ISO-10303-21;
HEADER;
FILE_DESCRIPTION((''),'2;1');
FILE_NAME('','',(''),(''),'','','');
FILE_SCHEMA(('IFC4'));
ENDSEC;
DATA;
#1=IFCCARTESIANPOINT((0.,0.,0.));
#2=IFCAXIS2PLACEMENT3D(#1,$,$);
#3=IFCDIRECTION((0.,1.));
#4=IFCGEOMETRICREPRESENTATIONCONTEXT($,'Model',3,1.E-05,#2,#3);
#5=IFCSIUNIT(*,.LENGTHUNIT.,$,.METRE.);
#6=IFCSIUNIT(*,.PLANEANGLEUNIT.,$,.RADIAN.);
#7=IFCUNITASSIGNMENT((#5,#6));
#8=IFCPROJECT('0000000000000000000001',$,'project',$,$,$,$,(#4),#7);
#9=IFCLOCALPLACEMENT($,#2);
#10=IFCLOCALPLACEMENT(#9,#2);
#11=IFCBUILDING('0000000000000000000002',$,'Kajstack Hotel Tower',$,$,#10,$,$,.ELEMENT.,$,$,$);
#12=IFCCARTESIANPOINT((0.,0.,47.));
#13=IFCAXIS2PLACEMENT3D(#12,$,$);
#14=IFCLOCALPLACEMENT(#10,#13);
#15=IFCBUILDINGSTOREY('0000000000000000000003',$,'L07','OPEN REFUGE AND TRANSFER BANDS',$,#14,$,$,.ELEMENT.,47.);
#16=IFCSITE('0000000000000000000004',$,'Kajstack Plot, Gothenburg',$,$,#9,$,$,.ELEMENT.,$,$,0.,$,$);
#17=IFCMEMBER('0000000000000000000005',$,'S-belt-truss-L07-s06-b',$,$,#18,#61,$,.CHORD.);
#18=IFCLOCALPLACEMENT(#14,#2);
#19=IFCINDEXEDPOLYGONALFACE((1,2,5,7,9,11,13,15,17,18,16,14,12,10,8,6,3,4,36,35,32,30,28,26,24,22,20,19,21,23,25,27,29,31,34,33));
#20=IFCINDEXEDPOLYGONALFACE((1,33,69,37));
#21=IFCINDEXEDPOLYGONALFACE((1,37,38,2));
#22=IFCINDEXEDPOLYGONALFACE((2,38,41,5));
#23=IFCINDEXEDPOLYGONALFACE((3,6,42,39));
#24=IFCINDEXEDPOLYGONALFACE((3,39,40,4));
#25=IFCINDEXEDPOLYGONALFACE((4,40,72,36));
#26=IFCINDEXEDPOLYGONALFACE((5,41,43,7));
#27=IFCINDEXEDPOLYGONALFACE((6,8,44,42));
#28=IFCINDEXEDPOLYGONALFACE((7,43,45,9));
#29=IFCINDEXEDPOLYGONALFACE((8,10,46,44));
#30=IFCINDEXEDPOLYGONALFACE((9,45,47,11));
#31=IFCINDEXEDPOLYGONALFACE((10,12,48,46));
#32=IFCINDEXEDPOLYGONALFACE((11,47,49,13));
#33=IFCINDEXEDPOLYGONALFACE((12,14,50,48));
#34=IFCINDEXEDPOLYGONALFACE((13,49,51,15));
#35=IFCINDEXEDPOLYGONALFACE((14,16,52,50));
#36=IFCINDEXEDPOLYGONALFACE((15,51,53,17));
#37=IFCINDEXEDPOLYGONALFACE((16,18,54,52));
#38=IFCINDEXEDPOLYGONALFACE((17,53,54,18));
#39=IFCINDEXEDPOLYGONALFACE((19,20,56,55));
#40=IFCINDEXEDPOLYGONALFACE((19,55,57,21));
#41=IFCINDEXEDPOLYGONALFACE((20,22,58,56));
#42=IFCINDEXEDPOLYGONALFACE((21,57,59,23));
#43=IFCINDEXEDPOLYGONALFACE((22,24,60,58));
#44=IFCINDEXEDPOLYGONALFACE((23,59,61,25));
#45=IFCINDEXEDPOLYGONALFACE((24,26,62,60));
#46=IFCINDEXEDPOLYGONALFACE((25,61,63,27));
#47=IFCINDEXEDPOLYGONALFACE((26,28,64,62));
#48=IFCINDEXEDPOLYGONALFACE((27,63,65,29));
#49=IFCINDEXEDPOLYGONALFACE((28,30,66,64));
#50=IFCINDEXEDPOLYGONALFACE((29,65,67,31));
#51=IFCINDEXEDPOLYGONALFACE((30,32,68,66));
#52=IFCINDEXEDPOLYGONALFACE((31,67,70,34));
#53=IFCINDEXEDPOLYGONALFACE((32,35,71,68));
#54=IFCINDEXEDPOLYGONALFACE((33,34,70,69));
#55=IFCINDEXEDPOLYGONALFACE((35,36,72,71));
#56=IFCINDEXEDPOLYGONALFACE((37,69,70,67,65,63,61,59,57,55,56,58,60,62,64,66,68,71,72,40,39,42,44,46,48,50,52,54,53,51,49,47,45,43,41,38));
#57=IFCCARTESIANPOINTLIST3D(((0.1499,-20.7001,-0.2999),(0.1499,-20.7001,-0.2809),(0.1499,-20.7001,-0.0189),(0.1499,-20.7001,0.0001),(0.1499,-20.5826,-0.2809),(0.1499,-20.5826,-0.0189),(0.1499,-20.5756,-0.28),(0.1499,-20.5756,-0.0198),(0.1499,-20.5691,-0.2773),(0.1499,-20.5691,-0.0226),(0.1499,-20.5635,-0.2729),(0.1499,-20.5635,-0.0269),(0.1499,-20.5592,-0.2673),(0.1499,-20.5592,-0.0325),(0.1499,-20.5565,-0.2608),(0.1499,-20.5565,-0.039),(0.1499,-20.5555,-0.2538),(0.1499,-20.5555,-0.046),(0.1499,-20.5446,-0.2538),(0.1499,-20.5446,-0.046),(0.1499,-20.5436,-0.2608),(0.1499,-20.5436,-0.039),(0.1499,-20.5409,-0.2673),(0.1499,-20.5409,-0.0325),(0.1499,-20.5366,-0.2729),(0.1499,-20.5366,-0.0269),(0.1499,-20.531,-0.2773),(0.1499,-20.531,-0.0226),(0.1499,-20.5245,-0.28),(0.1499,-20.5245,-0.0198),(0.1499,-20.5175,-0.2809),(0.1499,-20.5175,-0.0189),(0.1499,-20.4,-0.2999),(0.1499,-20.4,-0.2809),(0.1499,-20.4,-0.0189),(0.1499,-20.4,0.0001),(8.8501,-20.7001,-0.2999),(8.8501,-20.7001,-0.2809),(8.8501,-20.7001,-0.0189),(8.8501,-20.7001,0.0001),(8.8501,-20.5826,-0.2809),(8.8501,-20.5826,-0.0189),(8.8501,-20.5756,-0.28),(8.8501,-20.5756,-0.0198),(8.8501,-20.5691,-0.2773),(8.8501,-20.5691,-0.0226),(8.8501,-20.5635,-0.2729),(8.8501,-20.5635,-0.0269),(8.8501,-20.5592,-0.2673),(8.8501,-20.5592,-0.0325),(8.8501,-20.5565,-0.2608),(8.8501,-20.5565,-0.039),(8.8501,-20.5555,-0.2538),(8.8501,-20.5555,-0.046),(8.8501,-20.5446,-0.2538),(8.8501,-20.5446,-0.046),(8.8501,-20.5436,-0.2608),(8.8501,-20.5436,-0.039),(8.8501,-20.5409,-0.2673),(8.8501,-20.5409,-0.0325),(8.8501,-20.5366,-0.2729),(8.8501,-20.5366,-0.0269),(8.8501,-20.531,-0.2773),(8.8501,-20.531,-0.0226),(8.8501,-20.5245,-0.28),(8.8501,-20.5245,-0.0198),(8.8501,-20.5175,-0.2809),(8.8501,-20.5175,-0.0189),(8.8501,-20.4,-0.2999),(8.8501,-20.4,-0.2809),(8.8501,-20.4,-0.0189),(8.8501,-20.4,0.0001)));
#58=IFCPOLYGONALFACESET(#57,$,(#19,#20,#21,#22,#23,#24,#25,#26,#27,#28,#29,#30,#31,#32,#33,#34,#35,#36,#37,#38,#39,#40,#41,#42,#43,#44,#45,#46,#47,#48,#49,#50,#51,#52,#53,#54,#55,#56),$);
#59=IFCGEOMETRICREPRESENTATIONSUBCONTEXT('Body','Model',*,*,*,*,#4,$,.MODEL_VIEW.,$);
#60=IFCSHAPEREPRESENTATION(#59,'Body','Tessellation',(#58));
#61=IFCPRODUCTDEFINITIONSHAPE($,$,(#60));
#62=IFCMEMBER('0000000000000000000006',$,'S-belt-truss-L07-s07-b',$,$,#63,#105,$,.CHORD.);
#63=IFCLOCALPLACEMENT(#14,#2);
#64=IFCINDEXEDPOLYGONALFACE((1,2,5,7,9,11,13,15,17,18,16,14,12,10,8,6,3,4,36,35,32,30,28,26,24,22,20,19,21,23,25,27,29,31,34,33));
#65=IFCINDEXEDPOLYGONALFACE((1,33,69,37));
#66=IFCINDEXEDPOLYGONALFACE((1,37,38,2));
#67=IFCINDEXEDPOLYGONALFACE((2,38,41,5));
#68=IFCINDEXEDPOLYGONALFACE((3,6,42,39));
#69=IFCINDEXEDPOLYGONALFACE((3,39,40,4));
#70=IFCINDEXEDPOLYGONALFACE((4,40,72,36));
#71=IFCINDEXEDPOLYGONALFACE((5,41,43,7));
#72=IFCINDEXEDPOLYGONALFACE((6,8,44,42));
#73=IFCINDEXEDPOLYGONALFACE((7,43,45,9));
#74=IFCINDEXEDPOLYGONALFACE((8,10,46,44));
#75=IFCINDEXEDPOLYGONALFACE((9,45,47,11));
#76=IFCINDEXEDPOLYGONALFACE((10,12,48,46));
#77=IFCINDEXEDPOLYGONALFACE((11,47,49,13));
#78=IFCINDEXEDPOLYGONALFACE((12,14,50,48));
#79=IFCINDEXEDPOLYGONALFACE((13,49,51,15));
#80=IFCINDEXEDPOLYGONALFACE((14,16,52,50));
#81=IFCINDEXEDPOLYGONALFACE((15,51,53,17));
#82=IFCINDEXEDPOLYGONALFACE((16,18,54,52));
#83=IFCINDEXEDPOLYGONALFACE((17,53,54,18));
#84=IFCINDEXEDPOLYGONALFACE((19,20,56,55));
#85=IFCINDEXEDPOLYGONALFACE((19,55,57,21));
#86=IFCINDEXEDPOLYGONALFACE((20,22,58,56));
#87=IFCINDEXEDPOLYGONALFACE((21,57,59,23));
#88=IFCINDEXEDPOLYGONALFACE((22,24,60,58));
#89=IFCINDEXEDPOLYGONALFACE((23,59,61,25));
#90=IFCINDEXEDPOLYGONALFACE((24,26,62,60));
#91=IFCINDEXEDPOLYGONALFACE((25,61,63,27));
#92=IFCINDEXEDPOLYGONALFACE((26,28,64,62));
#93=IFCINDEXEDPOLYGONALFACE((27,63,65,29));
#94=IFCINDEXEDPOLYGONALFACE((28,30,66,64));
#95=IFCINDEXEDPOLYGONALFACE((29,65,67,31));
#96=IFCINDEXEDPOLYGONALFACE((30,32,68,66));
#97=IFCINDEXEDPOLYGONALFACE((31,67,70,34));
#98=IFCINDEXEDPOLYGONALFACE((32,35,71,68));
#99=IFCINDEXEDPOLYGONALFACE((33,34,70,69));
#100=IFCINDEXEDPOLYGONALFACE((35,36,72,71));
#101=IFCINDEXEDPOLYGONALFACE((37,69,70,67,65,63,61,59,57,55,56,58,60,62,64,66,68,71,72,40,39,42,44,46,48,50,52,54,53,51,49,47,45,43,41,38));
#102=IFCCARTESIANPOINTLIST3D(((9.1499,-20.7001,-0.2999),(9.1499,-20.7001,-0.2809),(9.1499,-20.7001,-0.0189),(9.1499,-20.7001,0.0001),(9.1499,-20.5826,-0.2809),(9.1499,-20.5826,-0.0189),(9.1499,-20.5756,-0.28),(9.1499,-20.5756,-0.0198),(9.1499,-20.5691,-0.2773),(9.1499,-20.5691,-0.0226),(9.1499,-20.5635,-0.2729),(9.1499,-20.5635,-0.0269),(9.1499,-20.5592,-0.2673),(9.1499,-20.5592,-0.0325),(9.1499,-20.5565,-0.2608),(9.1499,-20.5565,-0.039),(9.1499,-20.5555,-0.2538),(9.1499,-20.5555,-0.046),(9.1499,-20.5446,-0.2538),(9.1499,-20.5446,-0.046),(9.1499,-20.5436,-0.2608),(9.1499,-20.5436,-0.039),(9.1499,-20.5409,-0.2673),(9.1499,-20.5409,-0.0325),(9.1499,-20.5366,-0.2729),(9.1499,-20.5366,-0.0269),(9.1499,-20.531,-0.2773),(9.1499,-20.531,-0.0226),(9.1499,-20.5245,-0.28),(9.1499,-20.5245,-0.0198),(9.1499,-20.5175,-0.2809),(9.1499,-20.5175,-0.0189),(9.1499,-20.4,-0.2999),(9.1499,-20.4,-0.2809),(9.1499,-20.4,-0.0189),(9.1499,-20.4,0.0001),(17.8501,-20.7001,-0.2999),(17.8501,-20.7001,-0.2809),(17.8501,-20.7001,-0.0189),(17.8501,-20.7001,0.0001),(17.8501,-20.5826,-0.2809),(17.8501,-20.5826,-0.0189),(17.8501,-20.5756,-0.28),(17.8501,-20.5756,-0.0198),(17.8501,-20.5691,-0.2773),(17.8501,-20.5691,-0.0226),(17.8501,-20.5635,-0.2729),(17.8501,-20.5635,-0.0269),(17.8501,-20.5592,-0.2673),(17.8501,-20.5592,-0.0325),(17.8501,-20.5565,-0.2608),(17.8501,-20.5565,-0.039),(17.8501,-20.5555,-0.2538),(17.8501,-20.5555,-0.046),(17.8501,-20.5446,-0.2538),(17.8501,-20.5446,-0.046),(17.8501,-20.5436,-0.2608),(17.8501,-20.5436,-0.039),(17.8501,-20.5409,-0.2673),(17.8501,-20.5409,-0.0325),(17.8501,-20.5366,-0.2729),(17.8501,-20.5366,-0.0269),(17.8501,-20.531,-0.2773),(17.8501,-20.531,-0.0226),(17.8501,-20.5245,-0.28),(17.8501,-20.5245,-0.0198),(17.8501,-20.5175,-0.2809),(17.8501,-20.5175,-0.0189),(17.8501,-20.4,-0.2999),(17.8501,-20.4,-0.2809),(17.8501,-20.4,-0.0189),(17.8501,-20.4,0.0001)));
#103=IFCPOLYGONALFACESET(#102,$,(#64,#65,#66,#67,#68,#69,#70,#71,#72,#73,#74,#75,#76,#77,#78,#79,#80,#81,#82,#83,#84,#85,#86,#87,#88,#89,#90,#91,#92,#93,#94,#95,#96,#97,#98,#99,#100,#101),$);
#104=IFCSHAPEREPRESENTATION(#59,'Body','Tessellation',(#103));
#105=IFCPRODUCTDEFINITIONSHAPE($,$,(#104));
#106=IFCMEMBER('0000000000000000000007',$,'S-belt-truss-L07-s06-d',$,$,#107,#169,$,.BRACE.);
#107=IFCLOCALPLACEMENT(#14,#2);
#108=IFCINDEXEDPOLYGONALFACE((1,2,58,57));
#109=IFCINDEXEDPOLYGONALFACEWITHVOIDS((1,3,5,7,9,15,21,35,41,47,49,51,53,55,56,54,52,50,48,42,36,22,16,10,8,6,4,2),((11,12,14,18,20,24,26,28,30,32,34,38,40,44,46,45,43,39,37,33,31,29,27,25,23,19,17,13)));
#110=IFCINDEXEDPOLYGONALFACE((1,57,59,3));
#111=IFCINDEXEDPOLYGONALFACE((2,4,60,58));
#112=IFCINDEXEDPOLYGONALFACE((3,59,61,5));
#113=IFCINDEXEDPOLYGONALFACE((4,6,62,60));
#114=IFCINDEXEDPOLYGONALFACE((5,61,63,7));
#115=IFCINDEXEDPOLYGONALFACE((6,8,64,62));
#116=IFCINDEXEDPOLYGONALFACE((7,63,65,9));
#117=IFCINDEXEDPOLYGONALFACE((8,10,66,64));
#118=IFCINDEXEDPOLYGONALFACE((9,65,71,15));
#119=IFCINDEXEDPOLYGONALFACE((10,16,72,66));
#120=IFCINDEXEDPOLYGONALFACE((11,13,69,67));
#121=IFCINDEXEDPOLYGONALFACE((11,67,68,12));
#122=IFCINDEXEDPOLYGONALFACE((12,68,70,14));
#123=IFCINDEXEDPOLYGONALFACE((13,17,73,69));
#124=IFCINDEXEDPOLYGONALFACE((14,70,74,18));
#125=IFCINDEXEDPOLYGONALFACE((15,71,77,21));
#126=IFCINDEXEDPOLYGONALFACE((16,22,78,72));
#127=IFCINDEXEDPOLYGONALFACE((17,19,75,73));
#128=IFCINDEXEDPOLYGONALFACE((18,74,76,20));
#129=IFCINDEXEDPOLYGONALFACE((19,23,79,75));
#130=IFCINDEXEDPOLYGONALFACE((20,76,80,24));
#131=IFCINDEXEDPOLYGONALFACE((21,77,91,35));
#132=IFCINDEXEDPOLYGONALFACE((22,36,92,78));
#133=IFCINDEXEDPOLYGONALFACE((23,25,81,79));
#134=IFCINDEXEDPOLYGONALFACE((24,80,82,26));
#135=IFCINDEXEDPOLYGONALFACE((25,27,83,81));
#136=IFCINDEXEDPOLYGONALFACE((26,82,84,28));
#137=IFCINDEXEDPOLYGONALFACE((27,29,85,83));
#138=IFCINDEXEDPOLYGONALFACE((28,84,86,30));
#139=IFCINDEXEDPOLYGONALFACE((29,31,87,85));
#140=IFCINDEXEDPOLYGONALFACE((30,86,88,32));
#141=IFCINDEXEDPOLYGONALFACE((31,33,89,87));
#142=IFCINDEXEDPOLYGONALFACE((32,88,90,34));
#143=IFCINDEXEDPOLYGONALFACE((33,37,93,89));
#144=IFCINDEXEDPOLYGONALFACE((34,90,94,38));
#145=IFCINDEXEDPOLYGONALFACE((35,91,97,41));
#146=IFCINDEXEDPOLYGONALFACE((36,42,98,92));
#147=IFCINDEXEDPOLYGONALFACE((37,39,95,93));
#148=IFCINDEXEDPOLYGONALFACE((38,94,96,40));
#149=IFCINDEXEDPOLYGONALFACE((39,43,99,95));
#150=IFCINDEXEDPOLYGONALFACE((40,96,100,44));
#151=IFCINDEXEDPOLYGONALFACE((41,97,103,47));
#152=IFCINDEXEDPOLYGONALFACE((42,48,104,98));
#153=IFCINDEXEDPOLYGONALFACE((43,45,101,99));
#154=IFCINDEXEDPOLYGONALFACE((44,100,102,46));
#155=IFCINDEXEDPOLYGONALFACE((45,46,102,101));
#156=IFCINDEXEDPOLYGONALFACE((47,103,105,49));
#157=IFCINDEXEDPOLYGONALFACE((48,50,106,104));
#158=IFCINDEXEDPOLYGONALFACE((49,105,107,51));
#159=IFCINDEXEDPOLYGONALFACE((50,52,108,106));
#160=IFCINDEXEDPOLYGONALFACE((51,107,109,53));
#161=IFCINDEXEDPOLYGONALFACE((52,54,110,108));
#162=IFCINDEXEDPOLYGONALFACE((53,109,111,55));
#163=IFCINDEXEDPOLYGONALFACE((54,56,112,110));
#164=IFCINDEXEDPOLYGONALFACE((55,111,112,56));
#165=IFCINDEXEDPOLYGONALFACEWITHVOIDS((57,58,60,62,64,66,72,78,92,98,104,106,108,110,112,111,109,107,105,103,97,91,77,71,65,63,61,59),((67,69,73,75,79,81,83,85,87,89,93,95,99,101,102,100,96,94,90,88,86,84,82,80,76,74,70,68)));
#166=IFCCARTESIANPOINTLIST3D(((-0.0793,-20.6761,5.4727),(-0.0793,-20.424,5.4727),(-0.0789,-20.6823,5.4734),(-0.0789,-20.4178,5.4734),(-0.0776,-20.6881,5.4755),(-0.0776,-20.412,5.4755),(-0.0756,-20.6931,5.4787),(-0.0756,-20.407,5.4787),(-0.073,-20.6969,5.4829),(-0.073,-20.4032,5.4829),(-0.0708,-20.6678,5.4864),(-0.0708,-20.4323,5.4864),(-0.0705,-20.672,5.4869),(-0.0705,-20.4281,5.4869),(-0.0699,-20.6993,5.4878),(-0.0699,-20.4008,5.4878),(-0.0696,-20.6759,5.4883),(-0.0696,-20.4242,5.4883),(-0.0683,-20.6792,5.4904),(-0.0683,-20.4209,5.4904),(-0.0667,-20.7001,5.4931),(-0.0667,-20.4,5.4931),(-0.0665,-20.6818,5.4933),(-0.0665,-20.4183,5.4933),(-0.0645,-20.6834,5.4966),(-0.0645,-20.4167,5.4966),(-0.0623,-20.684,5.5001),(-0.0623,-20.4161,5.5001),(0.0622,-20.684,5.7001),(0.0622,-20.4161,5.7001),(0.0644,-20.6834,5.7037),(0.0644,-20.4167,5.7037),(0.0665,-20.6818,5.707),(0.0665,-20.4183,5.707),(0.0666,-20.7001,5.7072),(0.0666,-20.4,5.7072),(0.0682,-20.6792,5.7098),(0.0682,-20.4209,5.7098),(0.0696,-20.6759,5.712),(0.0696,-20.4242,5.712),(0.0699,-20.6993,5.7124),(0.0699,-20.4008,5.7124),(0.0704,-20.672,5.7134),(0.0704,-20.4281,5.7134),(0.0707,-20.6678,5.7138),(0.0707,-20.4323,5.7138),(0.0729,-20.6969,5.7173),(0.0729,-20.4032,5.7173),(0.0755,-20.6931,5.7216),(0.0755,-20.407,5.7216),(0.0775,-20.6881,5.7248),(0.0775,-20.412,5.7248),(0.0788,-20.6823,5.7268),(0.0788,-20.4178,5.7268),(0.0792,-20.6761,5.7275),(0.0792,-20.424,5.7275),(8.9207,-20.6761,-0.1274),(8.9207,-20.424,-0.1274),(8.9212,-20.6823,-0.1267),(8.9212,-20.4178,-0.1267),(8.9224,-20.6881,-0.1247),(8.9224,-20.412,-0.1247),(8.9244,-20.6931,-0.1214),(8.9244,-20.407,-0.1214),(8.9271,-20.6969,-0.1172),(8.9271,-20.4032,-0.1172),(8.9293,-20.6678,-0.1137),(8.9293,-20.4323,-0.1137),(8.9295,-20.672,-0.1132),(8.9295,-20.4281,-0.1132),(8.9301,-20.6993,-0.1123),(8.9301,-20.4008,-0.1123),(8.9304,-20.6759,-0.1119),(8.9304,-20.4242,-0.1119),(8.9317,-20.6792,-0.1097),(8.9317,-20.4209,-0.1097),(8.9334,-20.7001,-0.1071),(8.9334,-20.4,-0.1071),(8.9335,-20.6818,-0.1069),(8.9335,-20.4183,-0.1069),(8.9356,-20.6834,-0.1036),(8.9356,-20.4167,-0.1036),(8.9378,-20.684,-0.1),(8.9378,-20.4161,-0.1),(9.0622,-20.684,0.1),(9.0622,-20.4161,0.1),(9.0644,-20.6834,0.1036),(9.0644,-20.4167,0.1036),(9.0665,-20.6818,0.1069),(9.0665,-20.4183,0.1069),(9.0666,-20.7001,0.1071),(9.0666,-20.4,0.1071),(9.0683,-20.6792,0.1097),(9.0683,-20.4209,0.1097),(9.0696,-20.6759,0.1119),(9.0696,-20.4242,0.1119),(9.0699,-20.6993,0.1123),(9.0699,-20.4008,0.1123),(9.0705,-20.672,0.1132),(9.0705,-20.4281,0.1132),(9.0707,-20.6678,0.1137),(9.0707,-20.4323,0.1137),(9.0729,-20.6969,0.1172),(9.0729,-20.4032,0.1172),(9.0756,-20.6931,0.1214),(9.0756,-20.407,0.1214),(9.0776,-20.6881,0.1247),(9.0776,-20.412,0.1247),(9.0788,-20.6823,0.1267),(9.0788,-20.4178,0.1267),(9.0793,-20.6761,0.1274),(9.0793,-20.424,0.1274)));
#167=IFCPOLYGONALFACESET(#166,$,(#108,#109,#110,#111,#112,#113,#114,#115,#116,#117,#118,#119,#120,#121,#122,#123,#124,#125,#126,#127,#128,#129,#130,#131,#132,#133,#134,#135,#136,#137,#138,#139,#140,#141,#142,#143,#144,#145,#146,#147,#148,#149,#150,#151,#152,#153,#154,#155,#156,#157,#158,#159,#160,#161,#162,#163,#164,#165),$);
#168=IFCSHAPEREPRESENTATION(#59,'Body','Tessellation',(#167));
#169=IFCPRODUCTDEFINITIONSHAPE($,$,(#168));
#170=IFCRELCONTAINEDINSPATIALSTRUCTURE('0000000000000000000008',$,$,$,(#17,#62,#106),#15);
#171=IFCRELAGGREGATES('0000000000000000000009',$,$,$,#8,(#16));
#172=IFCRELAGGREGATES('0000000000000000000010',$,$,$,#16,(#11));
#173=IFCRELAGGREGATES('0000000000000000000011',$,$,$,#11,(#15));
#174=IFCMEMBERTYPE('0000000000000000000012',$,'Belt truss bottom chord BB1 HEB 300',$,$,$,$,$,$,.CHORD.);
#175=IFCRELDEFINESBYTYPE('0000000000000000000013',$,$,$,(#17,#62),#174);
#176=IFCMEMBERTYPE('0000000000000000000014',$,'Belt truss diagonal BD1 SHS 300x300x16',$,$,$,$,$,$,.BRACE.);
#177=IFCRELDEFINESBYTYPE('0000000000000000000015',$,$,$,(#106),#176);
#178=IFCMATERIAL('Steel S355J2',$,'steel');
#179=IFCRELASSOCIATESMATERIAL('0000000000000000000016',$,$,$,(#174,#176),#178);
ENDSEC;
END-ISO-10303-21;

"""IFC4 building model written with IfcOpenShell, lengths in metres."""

from ifc_helpers import new_model, si_unit, direction, frame, origin, origin_2d, place, context, subcontext, project, spatial, hollow_rectangle, i_section, extrude, material, material_profile, profile_set, type_object, element, save


model = new_model("IFC4")

# Units and contexts
model_context = context("Model", 3, precision=1e-05, world=origin(), true_north=direction((0.0, 1.0)))
body_context = subcontext(model_context, "Body", "Model", "MODEL_VIEW")
ifc_project = project(units=[si_unit("LENGTHUNIT", "METRE"), si_unit("PLANEANGLEUNIT", "RADIAN")], contexts=[model_context])

# Site, building, storey
site_placement = place(None, origin())
site = spatial("IfcSite", under=ifc_project, at=site_placement, Name="Kajstack Plot, Gothenburg", CompositionType="ELEMENT", RefElevation=0.0)
building_placement = place(site_placement, origin())
building = spatial("IfcBuilding", under=site, at=building_placement, Name="Kajstack Hotel Tower", CompositionType="ELEMENT")
storey_placement = place(building_placement, frame((0.0, 0.0, 47.0)))
storey = spatial("IfcBuildingStorey", under=building, at=storey_placement, Name="L07", Description="OPEN REFUGE AND TRANSFER BANDS", CompositionType="ELEMENT", Elevation=47.0)

# Members
ifc_material_1 = material(Name="Steel S355J2", Category="steel")
ifc_material_profile_1 = material_profile(ifc_material_1, i_section(OverallWidth=0.3, OverallDepth=0.3, WebThickness=0.011, FlangeThickness=0.019, FilletRadius=0.0271, at=origin_2d()), Name="HEB 300")
ifc_profile_set_1 = profile_set([ifc_material_profile_1], Name="Steel S355J2")
member_type_1 = type_object("IfcMemberType", Name="Belt truss bottom chord BB1 HEB 300", PredefinedType="CHORD", material=ifc_profile_set_1)
for number, where, z_axis, x_axis, name in (
    (1, (0.1499, -20.55, -0.1499), (1.0, 0.0, 0.0), (0.0, 1.0, 0.0), "S-belt-truss-L07-s06-b"),
    (2, (9.1499, -20.55, -0.1499), (1.0, 0.0, 0.0), (0.0, 1.0, 0.0), "S-belt-truss-L07-s07-b"),
):
    element("IfcMember", number, at=place(storey_placement, frame(where, z_axis=z_axis, x_axis=x_axis)), inside=storey, type_object=member_type_1, Name=name, PredefinedType="CHORD", context=body_context, shape_type="SweptSolid", body=[
        extrude(i_section(OverallWidth=0.3, OverallDepth=0.3, WebThickness=0.011, FlangeThickness=0.019, FilletRadius=0.0271, at=origin_2d()), origin(), (0.0, 0.0, 1.0), 8.7002),
    ])
ifc_material_profile_2 = material_profile(ifc_material_1, hollow_rectangle(XDim=0.3, YDim=0.3, WallThickness=0.0161, InnerFilletRadius=0.0161, OuterFilletRadius=0.0239, at=origin_2d()), Name="SHS 300x300x16")
ifc_profile_set_2 = profile_set([ifc_material_profile_2], Name="Steel S355J2")
member_type_2 = type_object("IfcMemberType", Name="Belt truss diagonal BD1 SHS 300x300x16", PredefinedType="BRACE", material=ifc_profile_set_2)
for number, where, z_axis, x_axis, name in (
    (3, (9.0, -20.55, 0.0), (-0.849052, 0.0, 0.528309), (0.0, -1.0, 0.0), "S-belt-truss-L07-s06-d"),
):
    element("IfcMember", number, at=place(storey_placement, frame(where, z_axis=z_axis, x_axis=x_axis)), inside=storey, type_object=member_type_2, Name=name, PredefinedType="BRACE", context=body_context, shape_type="SweptSolid", body=[
        extrude(hollow_rectangle(XDim=0.3, YDim=0.3, WallThickness=0.0161, InnerFilletRadius=0.0161, OuterFilletRadius=0.0239, at=origin_2d()), origin(), (0.0, 0.0, 1.0), 10.6001),
    ])

save(model, "model.ifc")
